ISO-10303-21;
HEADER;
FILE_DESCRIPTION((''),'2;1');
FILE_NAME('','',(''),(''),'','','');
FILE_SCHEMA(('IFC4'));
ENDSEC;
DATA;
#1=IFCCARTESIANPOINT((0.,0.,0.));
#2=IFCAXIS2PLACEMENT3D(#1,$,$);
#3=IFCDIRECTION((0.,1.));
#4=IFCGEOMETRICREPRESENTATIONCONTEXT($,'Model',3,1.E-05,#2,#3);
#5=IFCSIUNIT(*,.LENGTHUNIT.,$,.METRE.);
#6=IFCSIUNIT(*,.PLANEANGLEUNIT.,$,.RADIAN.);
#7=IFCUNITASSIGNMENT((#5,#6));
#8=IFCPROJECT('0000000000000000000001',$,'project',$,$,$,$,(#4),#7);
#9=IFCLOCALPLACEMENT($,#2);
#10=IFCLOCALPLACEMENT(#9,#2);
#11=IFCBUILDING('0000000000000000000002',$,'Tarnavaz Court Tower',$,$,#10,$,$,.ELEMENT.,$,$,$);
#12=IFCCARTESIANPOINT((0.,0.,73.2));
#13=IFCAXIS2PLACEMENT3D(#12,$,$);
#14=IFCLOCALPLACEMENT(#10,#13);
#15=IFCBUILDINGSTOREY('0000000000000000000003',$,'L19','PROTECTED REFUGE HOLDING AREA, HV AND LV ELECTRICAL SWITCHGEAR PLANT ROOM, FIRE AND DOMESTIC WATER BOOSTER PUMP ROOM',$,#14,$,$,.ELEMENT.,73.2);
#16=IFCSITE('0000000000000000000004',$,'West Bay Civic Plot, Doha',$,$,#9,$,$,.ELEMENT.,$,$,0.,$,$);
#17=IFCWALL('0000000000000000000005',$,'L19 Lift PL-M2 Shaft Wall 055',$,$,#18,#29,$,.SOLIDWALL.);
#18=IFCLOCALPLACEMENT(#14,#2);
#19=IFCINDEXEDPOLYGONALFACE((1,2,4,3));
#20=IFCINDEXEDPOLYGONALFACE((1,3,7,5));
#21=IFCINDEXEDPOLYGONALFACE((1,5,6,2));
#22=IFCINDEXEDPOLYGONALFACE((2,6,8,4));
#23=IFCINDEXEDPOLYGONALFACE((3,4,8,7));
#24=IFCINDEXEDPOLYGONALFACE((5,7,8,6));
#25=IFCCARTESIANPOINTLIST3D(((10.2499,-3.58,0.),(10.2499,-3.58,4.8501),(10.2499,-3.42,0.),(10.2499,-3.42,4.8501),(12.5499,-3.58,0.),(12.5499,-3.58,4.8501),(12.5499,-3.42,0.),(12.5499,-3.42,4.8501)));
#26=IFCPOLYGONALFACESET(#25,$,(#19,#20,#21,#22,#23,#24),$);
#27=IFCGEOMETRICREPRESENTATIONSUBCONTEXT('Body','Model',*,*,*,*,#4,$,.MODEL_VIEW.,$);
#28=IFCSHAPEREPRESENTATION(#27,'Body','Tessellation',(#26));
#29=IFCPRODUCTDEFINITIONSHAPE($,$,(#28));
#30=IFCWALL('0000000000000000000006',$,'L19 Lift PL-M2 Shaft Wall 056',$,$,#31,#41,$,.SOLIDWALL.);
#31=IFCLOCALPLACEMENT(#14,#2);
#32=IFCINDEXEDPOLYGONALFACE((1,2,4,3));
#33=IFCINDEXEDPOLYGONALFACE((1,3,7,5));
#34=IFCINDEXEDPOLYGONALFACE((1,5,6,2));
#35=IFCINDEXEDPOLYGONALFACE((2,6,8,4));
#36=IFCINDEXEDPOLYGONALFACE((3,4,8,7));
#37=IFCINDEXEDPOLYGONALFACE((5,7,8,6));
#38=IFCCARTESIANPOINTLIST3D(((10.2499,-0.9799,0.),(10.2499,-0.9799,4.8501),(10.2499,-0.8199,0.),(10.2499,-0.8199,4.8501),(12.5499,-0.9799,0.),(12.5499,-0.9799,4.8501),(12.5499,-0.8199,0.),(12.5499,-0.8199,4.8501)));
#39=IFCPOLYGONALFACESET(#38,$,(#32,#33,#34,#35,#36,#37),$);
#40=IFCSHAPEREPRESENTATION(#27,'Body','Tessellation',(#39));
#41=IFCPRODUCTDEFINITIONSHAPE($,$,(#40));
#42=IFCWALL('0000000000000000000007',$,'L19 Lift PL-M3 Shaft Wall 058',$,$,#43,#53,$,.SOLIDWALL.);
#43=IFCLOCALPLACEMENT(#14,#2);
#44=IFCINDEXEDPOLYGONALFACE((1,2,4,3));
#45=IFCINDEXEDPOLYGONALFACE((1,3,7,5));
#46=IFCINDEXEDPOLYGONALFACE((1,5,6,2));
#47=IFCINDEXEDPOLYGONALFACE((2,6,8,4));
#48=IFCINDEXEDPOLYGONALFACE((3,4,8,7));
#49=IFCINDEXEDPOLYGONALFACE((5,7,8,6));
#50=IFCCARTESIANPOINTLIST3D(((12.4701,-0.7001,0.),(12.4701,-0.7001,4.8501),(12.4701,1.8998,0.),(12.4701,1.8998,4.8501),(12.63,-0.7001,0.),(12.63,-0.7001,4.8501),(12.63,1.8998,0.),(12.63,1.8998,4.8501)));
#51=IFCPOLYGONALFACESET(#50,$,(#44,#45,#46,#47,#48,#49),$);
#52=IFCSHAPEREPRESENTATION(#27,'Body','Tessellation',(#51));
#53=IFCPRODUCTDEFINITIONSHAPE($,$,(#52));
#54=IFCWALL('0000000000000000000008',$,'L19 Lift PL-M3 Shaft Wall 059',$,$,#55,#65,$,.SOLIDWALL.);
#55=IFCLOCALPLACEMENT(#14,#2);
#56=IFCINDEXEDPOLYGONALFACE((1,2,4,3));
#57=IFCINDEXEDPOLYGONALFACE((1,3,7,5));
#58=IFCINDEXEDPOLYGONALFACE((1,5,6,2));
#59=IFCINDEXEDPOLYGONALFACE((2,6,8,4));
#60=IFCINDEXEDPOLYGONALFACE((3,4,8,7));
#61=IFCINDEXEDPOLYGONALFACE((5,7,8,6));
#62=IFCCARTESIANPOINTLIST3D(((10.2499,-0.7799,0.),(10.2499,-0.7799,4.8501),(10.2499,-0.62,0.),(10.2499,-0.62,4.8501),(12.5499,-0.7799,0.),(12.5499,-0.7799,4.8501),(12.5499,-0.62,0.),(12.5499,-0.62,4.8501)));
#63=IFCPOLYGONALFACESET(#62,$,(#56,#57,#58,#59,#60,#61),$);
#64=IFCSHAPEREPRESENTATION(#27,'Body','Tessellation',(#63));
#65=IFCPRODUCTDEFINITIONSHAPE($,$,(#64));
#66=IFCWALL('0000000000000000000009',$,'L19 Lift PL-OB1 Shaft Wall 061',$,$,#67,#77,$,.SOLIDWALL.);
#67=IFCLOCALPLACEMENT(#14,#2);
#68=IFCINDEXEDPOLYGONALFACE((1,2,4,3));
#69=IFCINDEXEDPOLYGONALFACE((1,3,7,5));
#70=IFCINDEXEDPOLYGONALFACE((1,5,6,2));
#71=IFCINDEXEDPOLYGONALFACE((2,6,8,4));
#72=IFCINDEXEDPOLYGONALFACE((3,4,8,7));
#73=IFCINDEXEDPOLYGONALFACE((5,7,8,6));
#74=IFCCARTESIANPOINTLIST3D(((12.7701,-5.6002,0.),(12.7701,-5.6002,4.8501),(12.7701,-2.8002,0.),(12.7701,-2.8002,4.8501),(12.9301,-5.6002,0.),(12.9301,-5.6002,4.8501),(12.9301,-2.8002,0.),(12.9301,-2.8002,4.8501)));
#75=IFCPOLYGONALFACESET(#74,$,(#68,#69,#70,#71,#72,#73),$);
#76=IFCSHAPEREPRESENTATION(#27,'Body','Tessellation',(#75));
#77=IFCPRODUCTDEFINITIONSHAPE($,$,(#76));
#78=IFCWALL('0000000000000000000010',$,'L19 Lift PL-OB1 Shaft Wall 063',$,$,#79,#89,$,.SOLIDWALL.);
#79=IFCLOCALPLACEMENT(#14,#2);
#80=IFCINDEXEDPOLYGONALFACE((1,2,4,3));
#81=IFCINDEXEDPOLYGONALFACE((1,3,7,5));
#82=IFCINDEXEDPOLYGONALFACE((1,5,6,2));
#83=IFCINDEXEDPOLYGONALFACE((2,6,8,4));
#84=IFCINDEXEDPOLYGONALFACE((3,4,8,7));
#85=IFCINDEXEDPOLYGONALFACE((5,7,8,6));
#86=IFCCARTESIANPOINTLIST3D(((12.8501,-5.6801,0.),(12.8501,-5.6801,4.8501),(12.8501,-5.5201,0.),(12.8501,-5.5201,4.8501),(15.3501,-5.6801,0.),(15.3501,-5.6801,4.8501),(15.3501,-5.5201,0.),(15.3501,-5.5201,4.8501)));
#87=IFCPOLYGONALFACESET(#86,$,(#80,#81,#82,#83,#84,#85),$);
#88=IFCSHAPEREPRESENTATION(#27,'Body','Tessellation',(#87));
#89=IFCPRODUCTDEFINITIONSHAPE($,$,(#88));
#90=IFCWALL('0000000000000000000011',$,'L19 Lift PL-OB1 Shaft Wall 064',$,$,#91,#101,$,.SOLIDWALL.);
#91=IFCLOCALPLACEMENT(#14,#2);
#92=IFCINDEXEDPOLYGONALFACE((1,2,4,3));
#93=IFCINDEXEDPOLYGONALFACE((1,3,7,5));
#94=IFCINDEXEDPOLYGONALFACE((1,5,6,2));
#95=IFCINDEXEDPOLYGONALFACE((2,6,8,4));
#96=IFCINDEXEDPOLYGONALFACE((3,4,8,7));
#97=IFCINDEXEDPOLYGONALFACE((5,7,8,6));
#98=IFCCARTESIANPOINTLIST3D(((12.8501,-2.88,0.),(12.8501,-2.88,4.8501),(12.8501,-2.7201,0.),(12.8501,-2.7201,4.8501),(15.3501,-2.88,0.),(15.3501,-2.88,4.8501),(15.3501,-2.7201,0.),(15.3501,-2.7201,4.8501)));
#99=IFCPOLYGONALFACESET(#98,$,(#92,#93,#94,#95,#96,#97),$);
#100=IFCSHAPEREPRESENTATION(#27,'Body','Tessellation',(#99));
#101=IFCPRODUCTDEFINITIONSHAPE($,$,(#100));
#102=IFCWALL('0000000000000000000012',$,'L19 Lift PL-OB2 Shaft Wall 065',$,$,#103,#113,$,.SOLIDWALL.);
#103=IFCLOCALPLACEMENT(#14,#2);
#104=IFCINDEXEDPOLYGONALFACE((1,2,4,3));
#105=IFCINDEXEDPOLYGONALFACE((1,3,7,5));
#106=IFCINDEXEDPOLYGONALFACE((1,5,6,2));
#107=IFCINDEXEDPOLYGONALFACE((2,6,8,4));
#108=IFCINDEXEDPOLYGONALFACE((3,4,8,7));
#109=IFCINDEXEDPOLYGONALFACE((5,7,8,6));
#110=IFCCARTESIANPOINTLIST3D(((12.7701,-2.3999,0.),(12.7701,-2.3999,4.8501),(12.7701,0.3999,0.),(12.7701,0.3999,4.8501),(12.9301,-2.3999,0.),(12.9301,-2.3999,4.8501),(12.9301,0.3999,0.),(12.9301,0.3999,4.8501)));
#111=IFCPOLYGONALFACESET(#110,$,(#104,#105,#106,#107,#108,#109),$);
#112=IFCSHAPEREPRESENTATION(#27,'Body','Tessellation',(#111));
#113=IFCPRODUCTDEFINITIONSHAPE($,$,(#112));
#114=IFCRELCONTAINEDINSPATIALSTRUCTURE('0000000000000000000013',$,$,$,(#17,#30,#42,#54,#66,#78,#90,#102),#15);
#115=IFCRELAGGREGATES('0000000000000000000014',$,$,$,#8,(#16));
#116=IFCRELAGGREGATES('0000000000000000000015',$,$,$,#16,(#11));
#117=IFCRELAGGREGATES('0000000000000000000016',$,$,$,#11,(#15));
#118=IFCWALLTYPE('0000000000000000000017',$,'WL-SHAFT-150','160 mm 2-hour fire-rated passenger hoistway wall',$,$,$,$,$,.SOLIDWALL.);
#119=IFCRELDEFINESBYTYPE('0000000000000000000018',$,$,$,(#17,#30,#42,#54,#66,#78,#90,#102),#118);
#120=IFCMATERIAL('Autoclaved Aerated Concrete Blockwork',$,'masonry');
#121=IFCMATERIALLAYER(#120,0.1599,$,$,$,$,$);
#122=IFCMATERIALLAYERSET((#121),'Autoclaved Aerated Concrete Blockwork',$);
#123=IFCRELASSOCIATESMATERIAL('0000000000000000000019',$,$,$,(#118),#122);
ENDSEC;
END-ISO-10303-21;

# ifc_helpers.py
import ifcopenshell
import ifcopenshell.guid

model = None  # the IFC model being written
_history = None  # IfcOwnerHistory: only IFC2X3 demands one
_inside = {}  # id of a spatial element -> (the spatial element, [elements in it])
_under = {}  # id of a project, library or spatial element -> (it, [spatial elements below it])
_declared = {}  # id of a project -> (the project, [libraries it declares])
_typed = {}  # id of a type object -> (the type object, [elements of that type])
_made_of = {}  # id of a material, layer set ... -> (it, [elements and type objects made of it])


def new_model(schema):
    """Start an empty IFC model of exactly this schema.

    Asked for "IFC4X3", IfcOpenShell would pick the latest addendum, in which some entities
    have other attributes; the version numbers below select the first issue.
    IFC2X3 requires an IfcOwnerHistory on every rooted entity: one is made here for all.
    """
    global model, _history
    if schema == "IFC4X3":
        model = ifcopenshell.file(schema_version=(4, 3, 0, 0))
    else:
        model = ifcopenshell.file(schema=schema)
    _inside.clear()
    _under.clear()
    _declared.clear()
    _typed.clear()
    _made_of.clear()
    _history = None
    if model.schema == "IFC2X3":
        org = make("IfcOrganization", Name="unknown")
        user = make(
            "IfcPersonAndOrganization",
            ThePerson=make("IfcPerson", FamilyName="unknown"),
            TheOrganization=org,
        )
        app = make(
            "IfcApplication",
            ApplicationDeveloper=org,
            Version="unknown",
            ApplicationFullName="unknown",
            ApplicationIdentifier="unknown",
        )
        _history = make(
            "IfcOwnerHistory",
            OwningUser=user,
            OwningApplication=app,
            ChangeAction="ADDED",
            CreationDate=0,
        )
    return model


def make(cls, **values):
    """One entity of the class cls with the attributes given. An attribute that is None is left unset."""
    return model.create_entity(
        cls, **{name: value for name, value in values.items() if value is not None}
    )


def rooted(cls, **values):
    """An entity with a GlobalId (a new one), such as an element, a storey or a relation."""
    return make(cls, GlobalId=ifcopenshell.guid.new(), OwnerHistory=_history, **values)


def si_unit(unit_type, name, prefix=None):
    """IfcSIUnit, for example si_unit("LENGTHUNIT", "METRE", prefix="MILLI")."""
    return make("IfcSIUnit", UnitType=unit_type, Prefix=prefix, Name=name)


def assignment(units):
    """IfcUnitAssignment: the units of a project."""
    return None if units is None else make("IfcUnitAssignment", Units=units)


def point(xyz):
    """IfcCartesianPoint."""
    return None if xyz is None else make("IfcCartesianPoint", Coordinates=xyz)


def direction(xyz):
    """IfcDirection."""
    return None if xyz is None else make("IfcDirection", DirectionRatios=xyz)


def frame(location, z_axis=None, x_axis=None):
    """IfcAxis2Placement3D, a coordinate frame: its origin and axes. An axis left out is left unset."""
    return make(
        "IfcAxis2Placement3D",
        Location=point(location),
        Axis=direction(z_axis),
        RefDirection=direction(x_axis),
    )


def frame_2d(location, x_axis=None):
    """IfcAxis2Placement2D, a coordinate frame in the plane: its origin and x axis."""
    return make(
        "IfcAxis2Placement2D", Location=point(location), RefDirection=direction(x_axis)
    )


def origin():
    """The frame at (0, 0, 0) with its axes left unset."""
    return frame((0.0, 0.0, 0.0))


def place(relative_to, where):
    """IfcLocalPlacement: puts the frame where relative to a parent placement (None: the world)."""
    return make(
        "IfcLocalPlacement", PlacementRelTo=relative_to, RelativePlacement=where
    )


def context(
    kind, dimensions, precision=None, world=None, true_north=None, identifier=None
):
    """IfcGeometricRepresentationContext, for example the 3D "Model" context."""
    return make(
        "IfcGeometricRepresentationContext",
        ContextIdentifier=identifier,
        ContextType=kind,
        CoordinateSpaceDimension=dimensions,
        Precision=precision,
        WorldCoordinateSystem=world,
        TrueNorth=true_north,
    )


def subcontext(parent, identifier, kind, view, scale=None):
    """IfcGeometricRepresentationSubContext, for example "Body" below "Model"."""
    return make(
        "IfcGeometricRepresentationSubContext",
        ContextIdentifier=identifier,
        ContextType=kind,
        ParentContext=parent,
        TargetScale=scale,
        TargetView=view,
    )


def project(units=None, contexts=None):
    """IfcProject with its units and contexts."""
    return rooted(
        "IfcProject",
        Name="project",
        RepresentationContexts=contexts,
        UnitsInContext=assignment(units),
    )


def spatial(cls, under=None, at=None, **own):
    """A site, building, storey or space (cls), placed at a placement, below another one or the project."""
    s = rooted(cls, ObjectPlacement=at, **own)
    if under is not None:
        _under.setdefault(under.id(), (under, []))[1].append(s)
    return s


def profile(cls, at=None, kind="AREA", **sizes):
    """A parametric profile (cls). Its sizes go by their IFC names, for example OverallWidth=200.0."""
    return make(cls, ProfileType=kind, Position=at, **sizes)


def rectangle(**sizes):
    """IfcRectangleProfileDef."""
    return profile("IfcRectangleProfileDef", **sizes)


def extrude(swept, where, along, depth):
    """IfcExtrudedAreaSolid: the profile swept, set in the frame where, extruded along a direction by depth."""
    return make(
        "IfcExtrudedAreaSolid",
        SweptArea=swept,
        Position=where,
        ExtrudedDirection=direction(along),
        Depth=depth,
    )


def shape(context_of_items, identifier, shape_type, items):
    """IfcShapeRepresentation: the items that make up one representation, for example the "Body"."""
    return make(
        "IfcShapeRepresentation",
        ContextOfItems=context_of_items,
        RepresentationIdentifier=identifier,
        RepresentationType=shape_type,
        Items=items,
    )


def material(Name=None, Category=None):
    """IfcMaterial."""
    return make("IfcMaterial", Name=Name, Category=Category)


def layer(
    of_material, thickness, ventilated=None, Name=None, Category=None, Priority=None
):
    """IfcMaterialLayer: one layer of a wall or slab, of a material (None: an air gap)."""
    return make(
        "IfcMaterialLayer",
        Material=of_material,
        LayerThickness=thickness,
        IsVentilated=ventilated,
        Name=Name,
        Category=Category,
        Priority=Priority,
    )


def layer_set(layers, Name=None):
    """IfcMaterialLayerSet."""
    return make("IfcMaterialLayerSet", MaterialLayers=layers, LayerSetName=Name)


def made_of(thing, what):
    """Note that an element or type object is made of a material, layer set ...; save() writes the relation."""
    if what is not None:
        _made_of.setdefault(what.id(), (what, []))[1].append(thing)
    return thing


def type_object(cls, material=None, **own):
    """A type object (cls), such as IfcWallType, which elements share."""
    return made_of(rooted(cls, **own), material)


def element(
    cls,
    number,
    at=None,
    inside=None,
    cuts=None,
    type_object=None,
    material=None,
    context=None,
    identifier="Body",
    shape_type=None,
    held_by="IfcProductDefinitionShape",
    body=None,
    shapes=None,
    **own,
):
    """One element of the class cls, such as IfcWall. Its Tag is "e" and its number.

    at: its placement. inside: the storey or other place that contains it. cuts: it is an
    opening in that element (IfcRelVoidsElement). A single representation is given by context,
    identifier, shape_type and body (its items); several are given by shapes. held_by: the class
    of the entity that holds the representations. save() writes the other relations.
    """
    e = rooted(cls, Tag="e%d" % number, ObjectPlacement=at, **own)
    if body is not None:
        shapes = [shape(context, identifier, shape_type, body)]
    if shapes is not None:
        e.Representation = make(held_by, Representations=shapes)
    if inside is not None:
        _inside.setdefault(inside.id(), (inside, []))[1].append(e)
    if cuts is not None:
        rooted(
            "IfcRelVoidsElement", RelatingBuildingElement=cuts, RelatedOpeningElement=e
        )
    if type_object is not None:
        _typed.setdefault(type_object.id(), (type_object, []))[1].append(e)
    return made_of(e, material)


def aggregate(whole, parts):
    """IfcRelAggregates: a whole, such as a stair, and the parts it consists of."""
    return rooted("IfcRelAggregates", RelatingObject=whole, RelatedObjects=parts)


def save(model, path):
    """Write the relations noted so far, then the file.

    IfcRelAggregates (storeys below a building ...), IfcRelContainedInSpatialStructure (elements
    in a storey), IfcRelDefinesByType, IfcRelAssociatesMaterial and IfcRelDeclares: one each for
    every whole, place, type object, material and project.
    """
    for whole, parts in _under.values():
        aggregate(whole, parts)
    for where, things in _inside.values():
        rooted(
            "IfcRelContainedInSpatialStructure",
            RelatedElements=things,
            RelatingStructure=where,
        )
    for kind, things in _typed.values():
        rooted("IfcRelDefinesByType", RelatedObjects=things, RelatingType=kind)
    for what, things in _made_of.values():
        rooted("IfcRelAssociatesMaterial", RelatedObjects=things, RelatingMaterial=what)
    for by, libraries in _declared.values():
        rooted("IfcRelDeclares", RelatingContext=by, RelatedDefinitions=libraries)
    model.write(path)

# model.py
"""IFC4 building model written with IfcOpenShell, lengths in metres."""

from ifc_helpers import new_model, si_unit, direction, frame, frame_2d, origin, place, context, subcontext, project, spatial, rectangle, extrude, material, layer, layer_set, type_object, element, save


model = new_model("IFC4")

# Units and contexts
model_context = context("Model", 3, precision=1e-05, world=origin(), true_north=direction((0.0, 1.0)))
body_context = subcontext(model_context, "Body", "Model", "MODEL_VIEW")
ifc_project = project(units=[si_unit("LENGTHUNIT", "METRE"), si_unit("PLANEANGLEUNIT", "RADIAN")], contexts=[model_context])

# Site, building, storey
site_placement = place(None, origin())
site = spatial("IfcSite", under=ifc_project, at=site_placement, Name="West Bay Civic Plot, Doha", CompositionType="ELEMENT", RefElevation=0.0)
building_placement = place(site_placement, origin())
building = spatial("IfcBuilding", under=site, at=building_placement, Name="Tarnavaz Court Tower", CompositionType="ELEMENT")
storey_placement = place(building_placement, frame((0.0, 0.0, 73.2)))
storey = spatial("IfcBuildingStorey", under=building, at=storey_placement, Name="L19", Description="PROTECTED REFUGE HOLDING AREA, HV AND LV ELECTRICAL SWITCHGEAR PLANT ROOM, FIRE AND DOMESTIC WATER BOOSTER PUMP ROOM", CompositionType="ELEMENT", Elevation=73.2)

# Shared definitions
ifc_material_1 = material(Name="Autoclaved Aerated Concrete Blockwork", Category="masonry")
ifc_layer_1 = layer(ifc_material_1, 0.1599)
ifc_layer_set_1 = layer_set([ifc_layer_1], Name="Autoclaved Aerated Concrete Blockwork")
wall_type_1 = type_object("IfcWallType", Name="WL-SHAFT-150", Description="160 mm 2-hour fire-rated passenger hoistway wall", PredefinedType="SOLIDWALL", material=ifc_layer_set_1)

# Walls
for number, where, z_axis, x_axis, name in (
    (1, (10.25, -3.5, 0.0), (0.0, 0.0, 1.0), (1.0, 0.0, 0.0), "L19 Lift PL-M2 Shaft Wall 055"),
    (2, (10.25, -0.8999, 0.0), (0.0, 0.0, 1.0), (1.0, 0.0, 0.0), "L19 Lift PL-M2 Shaft Wall 056"),
):
    element("IfcWall", number, at=place(storey_placement, frame(where, z_axis=z_axis, x_axis=x_axis)), inside=storey, type_object=wall_type_1, Name=name, PredefinedType="SOLIDWALL", context=body_context, shape_type="SweptSolid", body=[
        extrude(rectangle(XDim=2.3, YDim=0.1599, at=frame_2d((1.1499, 0.0))), origin(), (0.0, 0.0, 1.0), 4.8501),
    ])

# Walls
wall_1_placement = place(storey_placement, frame((12.55, -0.7, 0.0), z_axis=(0.0, 0.0, 1.0), x_axis=(0.0, 1.0, 0.0)))
element("IfcWall", 3, at=wall_1_placement, inside=storey, type_object=wall_type_1, Name="L19 Lift PL-M3 Shaft Wall 058", PredefinedType="SOLIDWALL", context=body_context, shape_type="SweptSolid", body=[
    extrude(rectangle(XDim=2.5999, YDim=0.1599, at=frame_2d((1.2998, 0.0))), origin(), (0.0, 0.0, 1.0), 4.8501),
])
wall_2_placement = place(storey_placement, frame((10.25, -0.7, 0.0), z_axis=(0.0, 0.0, 1.0), x_axis=(1.0, 0.0, 0.0)))
element("IfcWall", 4, at=wall_2_placement, inside=storey, type_object=wall_type_1, Name="L19 Lift PL-M3 Shaft Wall 059", PredefinedType="SOLIDWALL", context=body_context, shape_type="SweptSolid", body=[
    extrude(rectangle(XDim=2.3, YDim=0.1599, at=frame_2d((1.1499, 0.0))), origin(), (0.0, 0.0, 1.0), 4.8501),
])
wall_3_placement = place(storey_placement, frame((12.8501, -5.6001, 0.0), z_axis=(0.0, 0.0, 1.0), x_axis=(0.0, 1.0, 0.0)))
element("IfcWall", 5, at=wall_3_placement, inside=storey, type_object=wall_type_1, Name="L19 Lift PL-OB1 Shaft Wall 061", PredefinedType="SOLIDWALL", context=body_context, shape_type="SweptSolid", body=[
    extrude(rectangle(XDim=2.8, YDim=0.1599, at=frame_2d((1.3999, 0.0))), origin(), (0.0, 0.0, 1.0), 4.8501),
])
for number, where, z_axis, x_axis, name in (
    (6, (12.8501, -5.6001, 0.0), (0.0, 0.0, 1.0), (1.0, 0.0, 0.0), "L19 Lift PL-OB1 Shaft Wall 063"),
    (7, (12.8501, -2.8, 0.0), (0.0, 0.0, 1.0), (1.0, 0.0, 0.0), "L19 Lift PL-OB1 Shaft Wall 064"),
):
    element("IfcWall", number, at=place(storey_placement, frame(where, z_axis=z_axis, x_axis=x_axis)), inside=storey, type_object=wall_type_1, Name=name, PredefinedType="SOLIDWALL", context=body_context, shape_type="SweptSolid", body=[
        extrude(rectangle(XDim=2.5, YDim=0.1599, at=frame_2d((1.25, 0.0))), origin(), (0.0, 0.0, 1.0), 4.8501),
    ])
wall_4_placement = place(storey_placement, frame((12.8501, -2.3999, 0.0), z_axis=(0.0, 0.0, 1.0), x_axis=(0.0, 1.0, 0.0)))
element("IfcWall", 8, at=wall_4_placement, inside=storey, type_object=wall_type_1, Name="L19 Lift PL-OB2 Shaft Wall 065", PredefinedType="SOLIDWALL", context=body_context, shape_type="SweptSolid", body=[
    extrude(rectangle(XDim=2.7998, YDim=0.1599, at=frame_2d((1.3999, 0.0))), origin(), (0.0, 0.0, 1.0), 4.8501),
])

save(model, "model.ifc")
